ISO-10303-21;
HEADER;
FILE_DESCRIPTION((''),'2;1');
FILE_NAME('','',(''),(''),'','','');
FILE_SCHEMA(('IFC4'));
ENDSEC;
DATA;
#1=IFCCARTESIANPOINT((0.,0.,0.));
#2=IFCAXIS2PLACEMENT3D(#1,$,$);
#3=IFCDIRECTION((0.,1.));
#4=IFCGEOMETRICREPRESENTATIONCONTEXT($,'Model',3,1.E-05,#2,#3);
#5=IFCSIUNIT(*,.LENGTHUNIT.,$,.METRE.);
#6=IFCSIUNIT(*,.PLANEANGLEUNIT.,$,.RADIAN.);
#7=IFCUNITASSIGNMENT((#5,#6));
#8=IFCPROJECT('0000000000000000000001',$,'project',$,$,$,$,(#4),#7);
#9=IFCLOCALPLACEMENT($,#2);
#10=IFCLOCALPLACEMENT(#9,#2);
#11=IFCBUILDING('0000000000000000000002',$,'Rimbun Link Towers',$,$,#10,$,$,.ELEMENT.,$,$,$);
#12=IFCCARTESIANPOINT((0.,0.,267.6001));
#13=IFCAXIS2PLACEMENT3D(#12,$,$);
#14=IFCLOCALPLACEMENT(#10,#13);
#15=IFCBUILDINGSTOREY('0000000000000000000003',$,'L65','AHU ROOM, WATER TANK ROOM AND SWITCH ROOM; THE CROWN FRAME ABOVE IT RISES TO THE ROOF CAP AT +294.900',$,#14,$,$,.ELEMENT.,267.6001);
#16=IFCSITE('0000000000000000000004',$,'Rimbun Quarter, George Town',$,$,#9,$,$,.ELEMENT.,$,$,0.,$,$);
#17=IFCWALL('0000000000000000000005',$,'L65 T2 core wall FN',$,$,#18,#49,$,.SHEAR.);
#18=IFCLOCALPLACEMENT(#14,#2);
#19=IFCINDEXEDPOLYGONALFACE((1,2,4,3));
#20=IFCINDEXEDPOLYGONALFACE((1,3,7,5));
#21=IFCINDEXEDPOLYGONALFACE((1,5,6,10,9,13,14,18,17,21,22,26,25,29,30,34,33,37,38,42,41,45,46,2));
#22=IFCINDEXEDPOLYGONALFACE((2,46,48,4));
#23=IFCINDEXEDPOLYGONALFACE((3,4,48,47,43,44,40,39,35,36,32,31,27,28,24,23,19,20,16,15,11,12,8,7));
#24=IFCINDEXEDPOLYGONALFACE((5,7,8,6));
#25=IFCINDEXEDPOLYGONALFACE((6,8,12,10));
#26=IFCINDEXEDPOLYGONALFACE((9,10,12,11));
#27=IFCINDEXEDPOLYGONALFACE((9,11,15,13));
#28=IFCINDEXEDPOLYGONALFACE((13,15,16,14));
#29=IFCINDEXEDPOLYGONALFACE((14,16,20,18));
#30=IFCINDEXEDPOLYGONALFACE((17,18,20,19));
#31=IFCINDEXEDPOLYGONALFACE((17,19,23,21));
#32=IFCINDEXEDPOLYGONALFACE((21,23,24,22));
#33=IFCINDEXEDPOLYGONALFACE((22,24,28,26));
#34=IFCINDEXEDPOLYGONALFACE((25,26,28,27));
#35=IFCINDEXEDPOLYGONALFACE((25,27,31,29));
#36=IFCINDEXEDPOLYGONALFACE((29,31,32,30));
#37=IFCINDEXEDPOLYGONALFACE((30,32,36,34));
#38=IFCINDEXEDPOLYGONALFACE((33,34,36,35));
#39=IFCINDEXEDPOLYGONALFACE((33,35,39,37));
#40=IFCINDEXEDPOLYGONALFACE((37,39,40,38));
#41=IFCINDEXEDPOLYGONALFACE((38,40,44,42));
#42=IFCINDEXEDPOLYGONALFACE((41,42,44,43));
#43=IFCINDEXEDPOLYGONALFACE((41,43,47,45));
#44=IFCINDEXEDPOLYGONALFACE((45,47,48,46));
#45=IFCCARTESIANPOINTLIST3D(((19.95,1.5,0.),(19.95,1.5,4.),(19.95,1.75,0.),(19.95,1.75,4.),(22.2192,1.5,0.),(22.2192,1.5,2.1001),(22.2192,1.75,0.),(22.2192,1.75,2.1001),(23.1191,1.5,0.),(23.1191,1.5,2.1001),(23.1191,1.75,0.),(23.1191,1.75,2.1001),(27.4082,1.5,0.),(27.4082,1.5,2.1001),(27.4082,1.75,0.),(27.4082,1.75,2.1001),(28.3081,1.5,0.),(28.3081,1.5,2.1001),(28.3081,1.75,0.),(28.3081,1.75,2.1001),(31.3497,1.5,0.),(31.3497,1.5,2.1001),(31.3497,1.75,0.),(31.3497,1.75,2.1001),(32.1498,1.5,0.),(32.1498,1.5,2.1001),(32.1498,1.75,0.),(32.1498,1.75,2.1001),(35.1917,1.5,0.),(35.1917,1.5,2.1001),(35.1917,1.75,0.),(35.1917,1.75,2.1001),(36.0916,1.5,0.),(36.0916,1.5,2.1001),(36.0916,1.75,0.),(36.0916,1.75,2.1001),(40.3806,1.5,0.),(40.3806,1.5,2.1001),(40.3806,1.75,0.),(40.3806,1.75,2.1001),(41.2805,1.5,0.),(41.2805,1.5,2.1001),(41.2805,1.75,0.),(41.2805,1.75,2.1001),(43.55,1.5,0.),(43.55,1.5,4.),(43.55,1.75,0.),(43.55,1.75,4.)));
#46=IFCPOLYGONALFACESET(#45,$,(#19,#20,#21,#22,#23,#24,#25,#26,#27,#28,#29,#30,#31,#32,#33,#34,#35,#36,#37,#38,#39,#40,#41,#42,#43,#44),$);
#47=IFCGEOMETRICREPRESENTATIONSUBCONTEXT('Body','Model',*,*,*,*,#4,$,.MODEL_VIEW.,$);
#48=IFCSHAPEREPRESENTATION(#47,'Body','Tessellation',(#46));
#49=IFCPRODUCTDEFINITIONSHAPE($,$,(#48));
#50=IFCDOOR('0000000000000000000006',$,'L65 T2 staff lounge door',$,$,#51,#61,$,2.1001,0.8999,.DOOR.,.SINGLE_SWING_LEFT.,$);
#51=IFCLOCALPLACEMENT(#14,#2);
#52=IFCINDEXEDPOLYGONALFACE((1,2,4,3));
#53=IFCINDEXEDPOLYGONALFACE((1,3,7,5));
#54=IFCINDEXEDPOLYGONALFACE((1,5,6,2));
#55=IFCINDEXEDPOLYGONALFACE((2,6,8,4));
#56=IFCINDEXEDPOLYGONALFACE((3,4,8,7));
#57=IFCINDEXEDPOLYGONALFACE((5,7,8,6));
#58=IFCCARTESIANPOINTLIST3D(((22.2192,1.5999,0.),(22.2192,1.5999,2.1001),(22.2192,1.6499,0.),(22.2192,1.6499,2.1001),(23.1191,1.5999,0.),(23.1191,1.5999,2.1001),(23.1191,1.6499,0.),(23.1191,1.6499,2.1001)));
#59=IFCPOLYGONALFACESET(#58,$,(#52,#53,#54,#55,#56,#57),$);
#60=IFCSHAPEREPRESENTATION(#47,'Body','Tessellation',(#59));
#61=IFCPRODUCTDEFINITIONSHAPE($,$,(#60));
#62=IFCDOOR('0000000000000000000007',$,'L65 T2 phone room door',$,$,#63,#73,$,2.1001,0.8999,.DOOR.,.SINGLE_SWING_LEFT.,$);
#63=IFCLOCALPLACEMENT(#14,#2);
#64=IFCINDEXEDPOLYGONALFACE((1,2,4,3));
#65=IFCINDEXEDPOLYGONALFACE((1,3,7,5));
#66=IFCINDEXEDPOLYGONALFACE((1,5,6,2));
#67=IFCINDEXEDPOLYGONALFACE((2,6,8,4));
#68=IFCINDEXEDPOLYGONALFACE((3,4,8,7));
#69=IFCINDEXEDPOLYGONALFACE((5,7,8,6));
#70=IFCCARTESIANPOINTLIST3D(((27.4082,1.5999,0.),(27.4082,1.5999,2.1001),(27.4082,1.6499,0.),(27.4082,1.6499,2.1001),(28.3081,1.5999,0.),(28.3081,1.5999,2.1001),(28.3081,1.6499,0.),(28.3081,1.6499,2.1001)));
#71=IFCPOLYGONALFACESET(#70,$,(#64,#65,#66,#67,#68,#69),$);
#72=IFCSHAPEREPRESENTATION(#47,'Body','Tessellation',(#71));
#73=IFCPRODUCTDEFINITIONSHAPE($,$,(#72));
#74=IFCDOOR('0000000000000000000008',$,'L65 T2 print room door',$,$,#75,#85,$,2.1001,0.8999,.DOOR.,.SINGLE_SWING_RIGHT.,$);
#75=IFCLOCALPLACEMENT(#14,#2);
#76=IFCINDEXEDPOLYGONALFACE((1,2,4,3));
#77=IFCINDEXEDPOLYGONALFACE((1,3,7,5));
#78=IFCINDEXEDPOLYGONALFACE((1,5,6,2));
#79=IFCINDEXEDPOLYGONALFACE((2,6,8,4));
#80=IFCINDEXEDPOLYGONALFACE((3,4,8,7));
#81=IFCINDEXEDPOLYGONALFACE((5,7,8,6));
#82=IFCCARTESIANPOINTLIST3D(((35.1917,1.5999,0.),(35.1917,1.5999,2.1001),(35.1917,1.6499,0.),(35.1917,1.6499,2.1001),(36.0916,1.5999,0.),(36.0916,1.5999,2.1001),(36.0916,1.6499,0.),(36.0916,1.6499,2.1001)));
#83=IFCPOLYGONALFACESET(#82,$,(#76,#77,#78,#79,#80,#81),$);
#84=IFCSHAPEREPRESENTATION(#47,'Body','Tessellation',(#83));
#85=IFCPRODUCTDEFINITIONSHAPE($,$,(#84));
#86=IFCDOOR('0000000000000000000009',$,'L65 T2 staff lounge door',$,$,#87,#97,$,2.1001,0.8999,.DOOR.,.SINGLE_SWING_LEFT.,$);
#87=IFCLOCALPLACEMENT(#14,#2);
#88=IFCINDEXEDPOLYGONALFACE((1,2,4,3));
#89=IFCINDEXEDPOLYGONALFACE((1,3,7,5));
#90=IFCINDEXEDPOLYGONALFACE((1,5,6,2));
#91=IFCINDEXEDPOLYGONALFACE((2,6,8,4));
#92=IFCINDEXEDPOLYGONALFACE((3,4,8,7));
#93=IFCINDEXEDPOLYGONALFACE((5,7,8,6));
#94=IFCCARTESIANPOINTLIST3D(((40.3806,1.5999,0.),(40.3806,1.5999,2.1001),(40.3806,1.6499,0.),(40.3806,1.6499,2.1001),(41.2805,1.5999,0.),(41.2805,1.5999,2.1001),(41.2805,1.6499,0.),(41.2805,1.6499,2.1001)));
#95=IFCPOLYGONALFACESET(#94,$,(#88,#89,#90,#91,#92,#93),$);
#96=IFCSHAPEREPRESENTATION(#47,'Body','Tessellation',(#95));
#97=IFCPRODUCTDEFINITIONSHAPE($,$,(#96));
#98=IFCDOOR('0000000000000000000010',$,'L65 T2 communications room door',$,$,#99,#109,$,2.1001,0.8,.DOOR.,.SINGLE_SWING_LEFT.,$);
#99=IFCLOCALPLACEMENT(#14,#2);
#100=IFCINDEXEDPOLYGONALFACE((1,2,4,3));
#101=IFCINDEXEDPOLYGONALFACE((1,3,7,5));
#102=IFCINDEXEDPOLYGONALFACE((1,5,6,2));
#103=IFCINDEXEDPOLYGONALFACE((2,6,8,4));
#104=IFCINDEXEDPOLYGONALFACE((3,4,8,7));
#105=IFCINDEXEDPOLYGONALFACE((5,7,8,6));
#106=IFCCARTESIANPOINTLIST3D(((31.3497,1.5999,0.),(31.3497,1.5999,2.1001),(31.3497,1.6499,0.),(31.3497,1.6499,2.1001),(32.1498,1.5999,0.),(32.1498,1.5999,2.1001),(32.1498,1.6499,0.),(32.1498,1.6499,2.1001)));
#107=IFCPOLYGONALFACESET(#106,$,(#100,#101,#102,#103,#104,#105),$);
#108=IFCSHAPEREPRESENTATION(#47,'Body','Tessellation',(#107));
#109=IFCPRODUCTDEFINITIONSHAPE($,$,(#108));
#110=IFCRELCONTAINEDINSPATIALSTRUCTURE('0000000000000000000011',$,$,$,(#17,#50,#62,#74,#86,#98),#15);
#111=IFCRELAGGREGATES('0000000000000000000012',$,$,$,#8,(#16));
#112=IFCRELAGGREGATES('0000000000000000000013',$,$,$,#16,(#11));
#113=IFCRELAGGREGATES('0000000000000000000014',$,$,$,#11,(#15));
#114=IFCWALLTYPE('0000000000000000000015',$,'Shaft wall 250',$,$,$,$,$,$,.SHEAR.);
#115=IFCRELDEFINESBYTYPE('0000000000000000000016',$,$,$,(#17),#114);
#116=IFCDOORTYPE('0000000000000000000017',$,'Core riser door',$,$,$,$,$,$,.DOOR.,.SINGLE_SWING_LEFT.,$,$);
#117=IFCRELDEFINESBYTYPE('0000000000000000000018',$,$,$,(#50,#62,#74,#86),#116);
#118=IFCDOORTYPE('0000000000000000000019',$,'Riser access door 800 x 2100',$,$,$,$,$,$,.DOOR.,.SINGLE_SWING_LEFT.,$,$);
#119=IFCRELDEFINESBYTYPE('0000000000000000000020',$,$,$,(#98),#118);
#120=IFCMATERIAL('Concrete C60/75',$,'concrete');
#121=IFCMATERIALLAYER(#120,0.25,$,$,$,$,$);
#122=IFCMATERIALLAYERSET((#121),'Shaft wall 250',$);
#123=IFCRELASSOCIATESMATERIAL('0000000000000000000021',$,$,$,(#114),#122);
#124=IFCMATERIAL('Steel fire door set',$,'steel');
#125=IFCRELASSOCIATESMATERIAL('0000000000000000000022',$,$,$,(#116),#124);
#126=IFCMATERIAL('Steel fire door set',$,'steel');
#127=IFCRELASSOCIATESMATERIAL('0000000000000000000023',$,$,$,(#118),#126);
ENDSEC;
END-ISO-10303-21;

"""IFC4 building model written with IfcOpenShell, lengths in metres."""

from ifc_helpers import new_model, si_unit, direction, frame, frame_2d, origin, place, context, subcontext, project, spatial, rectangle, extrude, material, layer, layer_set, type_object, element, fill, save


model = new_model("IFC4")

# Units and contexts
model_context = context("Model", 3, precision=1e-05, world=origin(), true_north=direction((0.0, 1.0)))
body_context = subcontext(model_context, "Body", "Model", "MODEL_VIEW")
ifc_project = project(units=[si_unit("LENGTHUNIT", "METRE"), si_unit("PLANEANGLEUNIT", "RADIAN")], contexts=[model_context])

# Site, building, storey
site_placement = place(None, origin())
site = spatial("IfcSite", under=ifc_project, at=site_placement, Name="Rimbun Quarter, George Town", CompositionType="ELEMENT", RefElevation=0.0)
building_placement = place(site_placement, origin())
building = spatial("IfcBuilding", under=site, at=building_placement, Name="Rimbun Link Towers", CompositionType="ELEMENT")
storey_placement = place(building_placement, frame((0.0, 0.0, 267.6001)))
storey = spatial("IfcBuildingStorey", under=building, at=storey_placement, Name="L65", Description="AHU ROOM, WATER TANK ROOM AND SWITCH ROOM; THE CROWN FRAME ABOVE IT RISES TO THE ROOF CAP AT +294.900", CompositionType="ELEMENT", Elevation=267.6001)

# Wall, openings, doors
ifc_material_1 = material(Name="Concrete C60/75", Category="concrete")
ifc_layer_1 = layer(ifc_material_1, 0.25)
ifc_layer_set_1 = layer_set([ifc_layer_1], Name="Shaft wall 250")
wall_type_1 = type_object("IfcWallType", Name="Shaft wall 250", PredefinedType="SHEAR", material=ifc_layer_set_1)
wall_1_placement = place(storey_placement, frame((19.95, 1.625, 0.0), z_axis=(0.0, 0.0, 1.0), x_axis=(1.0, 0.0, 0.0)))
wall_1 = element("IfcWall", 1, at=wall_1_placement, inside=storey, type_object=wall_type_1, Name="L65 T2 core wall FN", PredefinedType="SHEAR", context=body_context, shape_type="SweptSolid", body=[
    extrude(rectangle(XDim=23.6001, YDim=0.25, at=frame_2d((11.8, 0.0))), origin(), (0.0, 0.0, 1.0), 4.0),
])
opening_1_placement = place(wall_1_placement, frame((2.2693, 0.0, 0.0)))
opening_1 = element("IfcOpeningElement", 2, at=opening_1_placement, cuts=wall_1, PredefinedType="OPENING", context=body_context, shape_type="SweptSolid", body=[
    extrude(rectangle(XDim=0.8999, YDim=2.1001, at=frame_2d((0.45, 1.05))), frame((0.0, 0.135, 0.0), z_axis=(0.0, -1.0, 0.0), x_axis=(1.0, 0.0, 0.0)), (0.0, 0.0, 1.0), 0.27),
])
opening_2_placement = place(wall_1_placement, frame((7.4583, 0.0, 0.0)))
opening_2 = element("IfcOpeningElement", 3, at=opening_2_placement, cuts=wall_1, PredefinedType="OPENING", context=body_context, shape_type="SweptSolid", body=[
    extrude(rectangle(XDim=0.8999, YDim=2.1001, at=frame_2d((0.45, 1.05))), frame((0.0, 0.135, 0.0), z_axis=(0.0, -1.0, 0.0), x_axis=(1.0, 0.0, 0.0)), (0.0, 0.0, 1.0), 0.27),
])
opening_3_placement = place(wall_1_placement, frame((11.3999, 0.0, 0.0)))
opening_3 = element("IfcOpeningElement", 4, at=opening_3_placement, cuts=wall_1, PredefinedType="OPENING", context=body_context, shape_type="SweptSolid", body=[
    extrude(rectangle(XDim=0.8, YDim=2.1001, at=frame_2d((0.3999, 1.05))), frame((0.0, 0.135, 0.0), z_axis=(0.0, -1.0, 0.0), x_axis=(1.0, 0.0, 0.0)), (0.0, 0.0, 1.0), 0.27),
])
opening_4_placement = place(wall_1_placement, frame((15.2417, 0.0, 0.0)))
opening_4 = element("IfcOpeningElement", 5, at=opening_4_placement, cuts=wall_1, PredefinedType="OPENING", context=body_context, shape_type="SweptSolid", body=[
    extrude(rectangle(XDim=0.8999, YDim=2.1001, at=frame_2d((0.45, 1.05))), frame((0.0, 0.135, 0.0), z_axis=(0.0, -1.0, 0.0), x_axis=(1.0, 0.0, 0.0)), (0.0, 0.0, 1.0), 0.27),
])
opening_5_placement = place(wall_1_placement, frame((20.4307, 0.0, 0.0)))
opening_5 = element("IfcOpeningElement", 6, at=opening_5_placement, cuts=wall_1, PredefinedType="OPENING", context=body_context, shape_type="SweptSolid", body=[
    extrude(rectangle(XDim=0.8999, YDim=2.1001, at=frame_2d((0.45, 1.05))), frame((0.0, 0.135, 0.0), z_axis=(0.0, -1.0, 0.0), x_axis=(1.0, 0.0, 0.0)), (0.0, 0.0, 1.0), 0.27),
])
ifc_material_2 = material(Name="Steel fire door set", Category="steel")
door_type_1 = type_object("IfcDoorType", Name="Core riser door", OperationType="SINGLE_SWING_LEFT", PredefinedType="DOOR", material=ifc_material_2)
door_1_placement = place(opening_1_placement, origin())
door_1 = element("IfcDoor", 7, at=door_1_placement, inside=storey, type_object=door_type_1, Name="L65 T2 staff lounge door", OperationType="SINGLE_SWING_LEFT", OverallHeight=2.1001, OverallWidth=0.8999, PredefinedType="DOOR", context=body_context, shape_type="SweptSolid", body=[
    extrude(rectangle(XDim=0.8999, YDim=2.1001, at=frame_2d((0.45, 1.05))), frame((0.0, 0.0249, 0.0), z_axis=(0.0, -1.0, 0.0), x_axis=(1.0, 0.0, 0.0)), (0.0, 0.0, 1.0), 0.05),
])
fill(opening_1, door_1)
door_2_placement = place(opening_2_placement, origin())
door_2 = element("IfcDoor", 8, at=door_2_placement, inside=storey, type_object=door_type_1, Name="L65 T2 phone room door", OperationType="SINGLE_SWING_LEFT", OverallHeight=2.1001, OverallWidth=0.8999, PredefinedType="DOOR", context=body_context, shape_type="SweptSolid", body=[
    extrude(rectangle(XDim=0.8999, YDim=2.1001, at=frame_2d((0.45, 1.05))), frame((0.0, 0.0249, 0.0), z_axis=(0.0, -1.0, 0.0), x_axis=(1.0, 0.0, 0.0)), (0.0, 0.0, 1.0), 0.05),
])
fill(opening_2, door_2)
door_3_placement = place(opening_4_placement, origin())
door_3 = element("IfcDoor", 9, at=door_3_placement, inside=storey, type_object=door_type_1, Name="L65 T2 print room door", OperationType="SINGLE_SWING_RIGHT", OverallHeight=2.1001, OverallWidth=0.8999, PredefinedType="DOOR", context=body_context, shape_type="SweptSolid", body=[
    extrude(rectangle(XDim=0.8999, YDim=2.1001, at=frame_2d((0.45, 1.05))), frame((0.0, 0.0249, 0.0), z_axis=(0.0, -1.0, 0.0), x_axis=(1.0, 0.0, 0.0)), (0.0, 0.0, 1.0), 0.05),
])
fill(opening_4, door_3)
door_4_placement = place(opening_5_placement, origin())
door_4 = element("IfcDoor", 10, at=door_4_placement, inside=storey, type_object=door_type_1, Name="L65 T2 staff lounge door", OperationType="SINGLE_SWING_LEFT", OverallHeight=2.1001, OverallWidth=0.8999, PredefinedType="DOOR", context=body_context, shape_type="SweptSolid", body=[
    extrude(rectangle(XDim=0.8999, YDim=2.1001, at=frame_2d((0.45, 1.05))), frame((0.0, 0.0249, 0.0), z_axis=(0.0, -1.0, 0.0), x_axis=(1.0, 0.0, 0.0)), (0.0, 0.0, 1.0), 0.05),
])
fill(opening_5, door_4)
ifc_material_3 = material(Name="Steel fire door set", Category="steel")
door_type_2 = type_object("IfcDoorType", Name="Riser access door 800 x 2100", OperationType="SINGLE_SWING_LEFT", PredefinedType="DOOR", material=ifc_material_3)
door_5_placement = place(opening_3_placement, origin())
door_5 = element("IfcDoor", 11, at=door_5_placement, inside=storey, type_object=door_type_2, Name="L65 T2 communications room door", OperationType="SINGLE_SWING_LEFT", OverallHeight=2.1001, OverallWidth=0.8, PredefinedType="DOOR", context=body_context, shape_type="SweptSolid", body=[
    extrude(rectangle(XDim=0.8, YDim=2.1001, at=frame_2d((0.3999, 1.05))), frame((0.0, 0.0249, 0.0), z_axis=(0.0, -1.0, 0.0), x_axis=(1.0, 0.0, 0.0)), (0.0, 0.0, 1.0), 0.05),
])
fill(opening_3, door_5)

save(model, "model.ifc")
